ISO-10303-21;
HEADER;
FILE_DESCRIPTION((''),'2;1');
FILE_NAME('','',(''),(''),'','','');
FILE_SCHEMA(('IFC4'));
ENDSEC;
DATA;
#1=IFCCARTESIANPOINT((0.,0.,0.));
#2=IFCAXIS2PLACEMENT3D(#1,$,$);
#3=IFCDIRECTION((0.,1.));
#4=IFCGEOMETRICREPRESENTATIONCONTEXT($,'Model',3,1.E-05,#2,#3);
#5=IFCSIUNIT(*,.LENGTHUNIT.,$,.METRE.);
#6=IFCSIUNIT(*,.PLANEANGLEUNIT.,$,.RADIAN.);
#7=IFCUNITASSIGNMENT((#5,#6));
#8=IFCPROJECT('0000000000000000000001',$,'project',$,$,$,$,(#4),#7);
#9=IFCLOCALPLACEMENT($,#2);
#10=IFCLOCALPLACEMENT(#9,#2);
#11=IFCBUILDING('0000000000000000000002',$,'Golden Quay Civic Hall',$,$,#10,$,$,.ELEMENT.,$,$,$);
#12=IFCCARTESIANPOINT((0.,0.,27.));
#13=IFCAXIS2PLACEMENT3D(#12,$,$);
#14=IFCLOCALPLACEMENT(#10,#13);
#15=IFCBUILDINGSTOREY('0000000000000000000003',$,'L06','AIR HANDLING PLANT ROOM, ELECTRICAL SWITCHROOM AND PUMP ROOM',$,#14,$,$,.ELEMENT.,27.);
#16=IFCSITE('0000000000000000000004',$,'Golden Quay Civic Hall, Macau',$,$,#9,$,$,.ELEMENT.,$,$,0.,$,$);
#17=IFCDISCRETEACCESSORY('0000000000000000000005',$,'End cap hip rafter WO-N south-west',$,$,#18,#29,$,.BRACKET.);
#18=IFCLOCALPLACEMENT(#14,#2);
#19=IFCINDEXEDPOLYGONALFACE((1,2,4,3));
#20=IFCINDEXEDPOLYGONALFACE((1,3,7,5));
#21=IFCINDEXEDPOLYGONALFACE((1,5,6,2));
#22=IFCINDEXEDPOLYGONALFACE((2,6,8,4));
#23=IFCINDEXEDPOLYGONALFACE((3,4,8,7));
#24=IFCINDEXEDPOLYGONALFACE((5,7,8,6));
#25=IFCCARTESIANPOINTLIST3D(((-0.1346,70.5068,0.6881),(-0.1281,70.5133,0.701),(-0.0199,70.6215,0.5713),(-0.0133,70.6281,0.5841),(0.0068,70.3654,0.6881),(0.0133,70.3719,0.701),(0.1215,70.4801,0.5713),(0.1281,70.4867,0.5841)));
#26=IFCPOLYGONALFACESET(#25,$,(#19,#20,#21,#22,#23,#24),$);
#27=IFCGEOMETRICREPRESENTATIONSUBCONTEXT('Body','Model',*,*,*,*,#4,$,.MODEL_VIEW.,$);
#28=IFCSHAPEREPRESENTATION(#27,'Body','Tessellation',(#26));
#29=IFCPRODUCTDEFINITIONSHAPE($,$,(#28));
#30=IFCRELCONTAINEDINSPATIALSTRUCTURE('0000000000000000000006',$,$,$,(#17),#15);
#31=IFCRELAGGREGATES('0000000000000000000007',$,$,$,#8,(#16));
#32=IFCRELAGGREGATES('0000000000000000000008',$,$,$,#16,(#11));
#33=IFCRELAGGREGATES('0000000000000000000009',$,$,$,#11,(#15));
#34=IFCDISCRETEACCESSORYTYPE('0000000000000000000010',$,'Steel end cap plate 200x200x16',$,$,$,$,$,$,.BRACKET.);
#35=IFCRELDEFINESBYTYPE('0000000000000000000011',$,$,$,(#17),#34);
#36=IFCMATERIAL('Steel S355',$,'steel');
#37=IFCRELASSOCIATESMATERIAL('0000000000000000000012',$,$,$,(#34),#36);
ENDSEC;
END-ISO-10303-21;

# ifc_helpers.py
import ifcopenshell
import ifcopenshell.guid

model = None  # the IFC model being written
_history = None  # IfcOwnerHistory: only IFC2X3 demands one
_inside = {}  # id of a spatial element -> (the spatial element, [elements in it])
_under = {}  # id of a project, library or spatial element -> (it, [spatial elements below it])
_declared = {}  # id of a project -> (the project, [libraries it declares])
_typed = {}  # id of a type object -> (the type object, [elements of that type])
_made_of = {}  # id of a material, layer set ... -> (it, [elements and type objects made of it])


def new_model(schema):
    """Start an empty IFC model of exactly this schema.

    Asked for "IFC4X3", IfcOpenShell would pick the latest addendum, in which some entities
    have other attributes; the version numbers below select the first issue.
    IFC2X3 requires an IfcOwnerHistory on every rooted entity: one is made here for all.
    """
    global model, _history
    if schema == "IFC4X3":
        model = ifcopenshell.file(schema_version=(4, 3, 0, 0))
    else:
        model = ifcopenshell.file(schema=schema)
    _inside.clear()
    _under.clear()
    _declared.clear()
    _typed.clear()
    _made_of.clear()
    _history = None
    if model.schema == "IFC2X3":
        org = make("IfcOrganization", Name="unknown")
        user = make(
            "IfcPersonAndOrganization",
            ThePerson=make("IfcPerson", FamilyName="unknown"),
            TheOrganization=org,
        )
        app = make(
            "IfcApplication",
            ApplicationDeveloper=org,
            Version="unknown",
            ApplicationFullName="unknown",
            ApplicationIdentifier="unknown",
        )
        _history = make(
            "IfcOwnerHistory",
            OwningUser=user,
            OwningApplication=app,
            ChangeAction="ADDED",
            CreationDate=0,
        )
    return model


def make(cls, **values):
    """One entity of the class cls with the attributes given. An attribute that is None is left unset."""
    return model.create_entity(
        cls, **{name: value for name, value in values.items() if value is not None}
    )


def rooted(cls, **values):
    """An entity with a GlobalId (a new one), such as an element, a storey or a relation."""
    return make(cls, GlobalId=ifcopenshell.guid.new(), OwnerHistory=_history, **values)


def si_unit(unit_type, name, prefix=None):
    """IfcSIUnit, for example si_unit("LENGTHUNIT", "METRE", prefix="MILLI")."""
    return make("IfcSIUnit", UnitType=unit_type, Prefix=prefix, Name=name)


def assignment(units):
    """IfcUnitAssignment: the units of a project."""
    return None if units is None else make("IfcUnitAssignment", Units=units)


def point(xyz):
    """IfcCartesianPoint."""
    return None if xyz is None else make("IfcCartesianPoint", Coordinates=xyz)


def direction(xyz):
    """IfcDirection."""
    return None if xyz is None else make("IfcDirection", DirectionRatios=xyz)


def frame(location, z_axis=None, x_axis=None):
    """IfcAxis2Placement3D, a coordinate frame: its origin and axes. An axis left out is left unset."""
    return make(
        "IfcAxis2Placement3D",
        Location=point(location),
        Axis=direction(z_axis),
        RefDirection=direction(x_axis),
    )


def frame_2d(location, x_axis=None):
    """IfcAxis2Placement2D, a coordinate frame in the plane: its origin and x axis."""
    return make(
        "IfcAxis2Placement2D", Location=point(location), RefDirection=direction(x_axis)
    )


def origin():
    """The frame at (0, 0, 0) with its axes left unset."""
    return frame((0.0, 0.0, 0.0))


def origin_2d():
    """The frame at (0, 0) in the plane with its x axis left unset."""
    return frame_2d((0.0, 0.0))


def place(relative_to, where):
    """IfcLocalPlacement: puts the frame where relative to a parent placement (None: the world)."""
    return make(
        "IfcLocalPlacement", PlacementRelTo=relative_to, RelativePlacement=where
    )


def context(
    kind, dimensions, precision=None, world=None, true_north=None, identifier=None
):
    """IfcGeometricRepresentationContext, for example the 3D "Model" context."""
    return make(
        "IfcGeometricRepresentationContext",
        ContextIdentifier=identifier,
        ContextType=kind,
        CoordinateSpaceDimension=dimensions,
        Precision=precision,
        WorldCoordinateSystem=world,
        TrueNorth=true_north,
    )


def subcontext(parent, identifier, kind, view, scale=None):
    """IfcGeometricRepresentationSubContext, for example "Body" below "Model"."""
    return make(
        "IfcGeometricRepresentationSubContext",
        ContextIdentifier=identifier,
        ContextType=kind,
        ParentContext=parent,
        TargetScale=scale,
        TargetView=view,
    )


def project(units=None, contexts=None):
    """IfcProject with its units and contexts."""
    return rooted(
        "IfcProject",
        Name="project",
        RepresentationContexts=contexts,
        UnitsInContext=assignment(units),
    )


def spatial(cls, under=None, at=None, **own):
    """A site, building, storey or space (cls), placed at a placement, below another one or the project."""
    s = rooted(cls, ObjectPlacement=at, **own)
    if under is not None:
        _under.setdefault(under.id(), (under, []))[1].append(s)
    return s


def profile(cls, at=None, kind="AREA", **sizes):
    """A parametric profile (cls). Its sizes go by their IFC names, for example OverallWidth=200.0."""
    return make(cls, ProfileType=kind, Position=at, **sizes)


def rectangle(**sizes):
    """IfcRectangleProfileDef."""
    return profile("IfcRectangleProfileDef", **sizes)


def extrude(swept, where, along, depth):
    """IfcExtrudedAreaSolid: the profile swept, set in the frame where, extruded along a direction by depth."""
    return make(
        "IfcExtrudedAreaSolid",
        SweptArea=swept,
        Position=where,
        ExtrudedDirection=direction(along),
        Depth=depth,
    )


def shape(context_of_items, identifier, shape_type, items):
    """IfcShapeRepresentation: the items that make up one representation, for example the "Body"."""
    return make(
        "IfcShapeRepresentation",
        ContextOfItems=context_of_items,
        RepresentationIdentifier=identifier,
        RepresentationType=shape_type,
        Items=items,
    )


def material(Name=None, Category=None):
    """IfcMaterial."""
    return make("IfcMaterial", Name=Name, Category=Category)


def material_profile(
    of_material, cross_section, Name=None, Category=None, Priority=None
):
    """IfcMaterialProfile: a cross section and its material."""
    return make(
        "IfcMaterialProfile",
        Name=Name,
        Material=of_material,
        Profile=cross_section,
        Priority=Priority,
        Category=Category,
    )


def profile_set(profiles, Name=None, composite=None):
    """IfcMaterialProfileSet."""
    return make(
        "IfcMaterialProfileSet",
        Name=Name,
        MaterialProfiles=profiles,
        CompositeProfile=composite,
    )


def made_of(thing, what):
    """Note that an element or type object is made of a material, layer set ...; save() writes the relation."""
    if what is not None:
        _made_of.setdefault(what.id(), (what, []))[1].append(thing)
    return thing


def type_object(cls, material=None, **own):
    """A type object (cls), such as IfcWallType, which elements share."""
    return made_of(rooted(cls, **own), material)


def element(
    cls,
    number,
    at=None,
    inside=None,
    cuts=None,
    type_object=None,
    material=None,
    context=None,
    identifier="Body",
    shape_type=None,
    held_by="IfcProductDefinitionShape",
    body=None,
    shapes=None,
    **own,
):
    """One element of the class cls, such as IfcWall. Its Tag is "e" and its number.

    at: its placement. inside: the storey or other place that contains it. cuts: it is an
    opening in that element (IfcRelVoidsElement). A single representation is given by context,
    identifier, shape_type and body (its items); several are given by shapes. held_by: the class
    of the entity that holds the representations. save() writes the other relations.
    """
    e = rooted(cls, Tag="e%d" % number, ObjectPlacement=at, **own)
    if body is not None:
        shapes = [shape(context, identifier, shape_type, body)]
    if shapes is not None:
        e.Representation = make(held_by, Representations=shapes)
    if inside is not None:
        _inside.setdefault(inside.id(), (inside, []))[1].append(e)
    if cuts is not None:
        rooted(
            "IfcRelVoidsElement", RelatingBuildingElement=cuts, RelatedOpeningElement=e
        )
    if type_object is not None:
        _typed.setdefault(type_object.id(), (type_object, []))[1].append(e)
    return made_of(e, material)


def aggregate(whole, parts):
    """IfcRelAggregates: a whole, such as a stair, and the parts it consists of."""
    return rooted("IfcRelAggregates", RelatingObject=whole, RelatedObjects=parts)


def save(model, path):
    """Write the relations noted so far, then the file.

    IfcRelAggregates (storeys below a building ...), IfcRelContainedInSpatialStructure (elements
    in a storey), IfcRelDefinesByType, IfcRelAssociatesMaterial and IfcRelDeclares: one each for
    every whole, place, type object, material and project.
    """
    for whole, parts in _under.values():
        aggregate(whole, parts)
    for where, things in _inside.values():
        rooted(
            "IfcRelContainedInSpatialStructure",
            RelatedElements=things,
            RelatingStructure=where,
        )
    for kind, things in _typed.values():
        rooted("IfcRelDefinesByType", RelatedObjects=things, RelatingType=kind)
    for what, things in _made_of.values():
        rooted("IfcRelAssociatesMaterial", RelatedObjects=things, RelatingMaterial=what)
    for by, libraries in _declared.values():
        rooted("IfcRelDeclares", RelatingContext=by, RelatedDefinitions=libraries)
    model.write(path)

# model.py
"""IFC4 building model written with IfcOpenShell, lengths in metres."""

from ifc_helpers import new_model, si_unit, direction, frame, origin, origin_2d, place, context, subcontext, project, spatial, rectangle, extrude, material, material_profile, profile_set, type_object, element, save


model = new_model("IFC4")

# Units and contexts
model_context = context("Model", 3, precision=1e-05, world=origin(), true_north=direction((0.0, 1.0)))
body_context = subcontext(model_context, "Body", "Model", "MODEL_VIEW")
ifc_project = project(units=[si_unit("LENGTHUNIT", "METRE"), si_unit("PLANEANGLEUNIT", "RADIAN")], contexts=[model_context])

# Site, building, storey
site_placement = place(None, origin())
site = spatial("IfcSite", under=ifc_project, at=site_placement, Name="Golden Quay Civic Hall, Macau", CompositionType="ELEMENT", RefElevation=0.0)
building_placement = place(site_placement, origin())
building = spatial("IfcBuilding", under=site, at=building_placement, Name="Golden Quay Civic Hall", CompositionType="ELEMENT")
storey_placement = place(building_placement, frame((0.0, 0.0, 27.0)))
storey = spatial("IfcBuildingStorey", under=building, at=storey_placement, Name="L06", Description="AIR HANDLING PLANT ROOM, ELECTRICAL SWITCHROOM AND PUMP ROOM", CompositionType="ELEMENT", Elevation=27.0)

# Discrete accessory
ifc_material_1 = material(Name="Steel S355", Category="steel")
ifc_material_profile_1 = material_profile(ifc_material_1, rectangle(XDim=0.2, YDim=0.2, at=origin_2d()), Name="Steel end cap plate 200x200x16")
ifc_profile_set_1 = profile_set([ifc_material_profile_1], Name="Steel S355")
discrete_accessory_type = type_object("IfcDiscreteAccessoryType", Name="Steel end cap plate 200x200x16", PredefinedType="BRACKET", material=ifc_profile_set_1)
discrete_accessory_placement = place(storey_placement, frame((0.0, 70.5, 0.6426), z_axis=(-0.413335, -0.413335, -0.811362), x_axis=(0.707107, -0.707107, 0.0)))
element("IfcDiscreteAccessory", 1, at=discrete_accessory_placement, inside=storey, type_object=discrete_accessory_type, Name="End cap hip rafter WO-N south-west", PredefinedType="BRACKET", context=body_context, shape_type="SweptSolid", body=[
    extrude(rectangle(XDim=0.2, YDim=0.2, at=origin_2d()), origin(), (0.0, 0.0, 1.0), 0.0159),
])

save(model, "model.ifc")
